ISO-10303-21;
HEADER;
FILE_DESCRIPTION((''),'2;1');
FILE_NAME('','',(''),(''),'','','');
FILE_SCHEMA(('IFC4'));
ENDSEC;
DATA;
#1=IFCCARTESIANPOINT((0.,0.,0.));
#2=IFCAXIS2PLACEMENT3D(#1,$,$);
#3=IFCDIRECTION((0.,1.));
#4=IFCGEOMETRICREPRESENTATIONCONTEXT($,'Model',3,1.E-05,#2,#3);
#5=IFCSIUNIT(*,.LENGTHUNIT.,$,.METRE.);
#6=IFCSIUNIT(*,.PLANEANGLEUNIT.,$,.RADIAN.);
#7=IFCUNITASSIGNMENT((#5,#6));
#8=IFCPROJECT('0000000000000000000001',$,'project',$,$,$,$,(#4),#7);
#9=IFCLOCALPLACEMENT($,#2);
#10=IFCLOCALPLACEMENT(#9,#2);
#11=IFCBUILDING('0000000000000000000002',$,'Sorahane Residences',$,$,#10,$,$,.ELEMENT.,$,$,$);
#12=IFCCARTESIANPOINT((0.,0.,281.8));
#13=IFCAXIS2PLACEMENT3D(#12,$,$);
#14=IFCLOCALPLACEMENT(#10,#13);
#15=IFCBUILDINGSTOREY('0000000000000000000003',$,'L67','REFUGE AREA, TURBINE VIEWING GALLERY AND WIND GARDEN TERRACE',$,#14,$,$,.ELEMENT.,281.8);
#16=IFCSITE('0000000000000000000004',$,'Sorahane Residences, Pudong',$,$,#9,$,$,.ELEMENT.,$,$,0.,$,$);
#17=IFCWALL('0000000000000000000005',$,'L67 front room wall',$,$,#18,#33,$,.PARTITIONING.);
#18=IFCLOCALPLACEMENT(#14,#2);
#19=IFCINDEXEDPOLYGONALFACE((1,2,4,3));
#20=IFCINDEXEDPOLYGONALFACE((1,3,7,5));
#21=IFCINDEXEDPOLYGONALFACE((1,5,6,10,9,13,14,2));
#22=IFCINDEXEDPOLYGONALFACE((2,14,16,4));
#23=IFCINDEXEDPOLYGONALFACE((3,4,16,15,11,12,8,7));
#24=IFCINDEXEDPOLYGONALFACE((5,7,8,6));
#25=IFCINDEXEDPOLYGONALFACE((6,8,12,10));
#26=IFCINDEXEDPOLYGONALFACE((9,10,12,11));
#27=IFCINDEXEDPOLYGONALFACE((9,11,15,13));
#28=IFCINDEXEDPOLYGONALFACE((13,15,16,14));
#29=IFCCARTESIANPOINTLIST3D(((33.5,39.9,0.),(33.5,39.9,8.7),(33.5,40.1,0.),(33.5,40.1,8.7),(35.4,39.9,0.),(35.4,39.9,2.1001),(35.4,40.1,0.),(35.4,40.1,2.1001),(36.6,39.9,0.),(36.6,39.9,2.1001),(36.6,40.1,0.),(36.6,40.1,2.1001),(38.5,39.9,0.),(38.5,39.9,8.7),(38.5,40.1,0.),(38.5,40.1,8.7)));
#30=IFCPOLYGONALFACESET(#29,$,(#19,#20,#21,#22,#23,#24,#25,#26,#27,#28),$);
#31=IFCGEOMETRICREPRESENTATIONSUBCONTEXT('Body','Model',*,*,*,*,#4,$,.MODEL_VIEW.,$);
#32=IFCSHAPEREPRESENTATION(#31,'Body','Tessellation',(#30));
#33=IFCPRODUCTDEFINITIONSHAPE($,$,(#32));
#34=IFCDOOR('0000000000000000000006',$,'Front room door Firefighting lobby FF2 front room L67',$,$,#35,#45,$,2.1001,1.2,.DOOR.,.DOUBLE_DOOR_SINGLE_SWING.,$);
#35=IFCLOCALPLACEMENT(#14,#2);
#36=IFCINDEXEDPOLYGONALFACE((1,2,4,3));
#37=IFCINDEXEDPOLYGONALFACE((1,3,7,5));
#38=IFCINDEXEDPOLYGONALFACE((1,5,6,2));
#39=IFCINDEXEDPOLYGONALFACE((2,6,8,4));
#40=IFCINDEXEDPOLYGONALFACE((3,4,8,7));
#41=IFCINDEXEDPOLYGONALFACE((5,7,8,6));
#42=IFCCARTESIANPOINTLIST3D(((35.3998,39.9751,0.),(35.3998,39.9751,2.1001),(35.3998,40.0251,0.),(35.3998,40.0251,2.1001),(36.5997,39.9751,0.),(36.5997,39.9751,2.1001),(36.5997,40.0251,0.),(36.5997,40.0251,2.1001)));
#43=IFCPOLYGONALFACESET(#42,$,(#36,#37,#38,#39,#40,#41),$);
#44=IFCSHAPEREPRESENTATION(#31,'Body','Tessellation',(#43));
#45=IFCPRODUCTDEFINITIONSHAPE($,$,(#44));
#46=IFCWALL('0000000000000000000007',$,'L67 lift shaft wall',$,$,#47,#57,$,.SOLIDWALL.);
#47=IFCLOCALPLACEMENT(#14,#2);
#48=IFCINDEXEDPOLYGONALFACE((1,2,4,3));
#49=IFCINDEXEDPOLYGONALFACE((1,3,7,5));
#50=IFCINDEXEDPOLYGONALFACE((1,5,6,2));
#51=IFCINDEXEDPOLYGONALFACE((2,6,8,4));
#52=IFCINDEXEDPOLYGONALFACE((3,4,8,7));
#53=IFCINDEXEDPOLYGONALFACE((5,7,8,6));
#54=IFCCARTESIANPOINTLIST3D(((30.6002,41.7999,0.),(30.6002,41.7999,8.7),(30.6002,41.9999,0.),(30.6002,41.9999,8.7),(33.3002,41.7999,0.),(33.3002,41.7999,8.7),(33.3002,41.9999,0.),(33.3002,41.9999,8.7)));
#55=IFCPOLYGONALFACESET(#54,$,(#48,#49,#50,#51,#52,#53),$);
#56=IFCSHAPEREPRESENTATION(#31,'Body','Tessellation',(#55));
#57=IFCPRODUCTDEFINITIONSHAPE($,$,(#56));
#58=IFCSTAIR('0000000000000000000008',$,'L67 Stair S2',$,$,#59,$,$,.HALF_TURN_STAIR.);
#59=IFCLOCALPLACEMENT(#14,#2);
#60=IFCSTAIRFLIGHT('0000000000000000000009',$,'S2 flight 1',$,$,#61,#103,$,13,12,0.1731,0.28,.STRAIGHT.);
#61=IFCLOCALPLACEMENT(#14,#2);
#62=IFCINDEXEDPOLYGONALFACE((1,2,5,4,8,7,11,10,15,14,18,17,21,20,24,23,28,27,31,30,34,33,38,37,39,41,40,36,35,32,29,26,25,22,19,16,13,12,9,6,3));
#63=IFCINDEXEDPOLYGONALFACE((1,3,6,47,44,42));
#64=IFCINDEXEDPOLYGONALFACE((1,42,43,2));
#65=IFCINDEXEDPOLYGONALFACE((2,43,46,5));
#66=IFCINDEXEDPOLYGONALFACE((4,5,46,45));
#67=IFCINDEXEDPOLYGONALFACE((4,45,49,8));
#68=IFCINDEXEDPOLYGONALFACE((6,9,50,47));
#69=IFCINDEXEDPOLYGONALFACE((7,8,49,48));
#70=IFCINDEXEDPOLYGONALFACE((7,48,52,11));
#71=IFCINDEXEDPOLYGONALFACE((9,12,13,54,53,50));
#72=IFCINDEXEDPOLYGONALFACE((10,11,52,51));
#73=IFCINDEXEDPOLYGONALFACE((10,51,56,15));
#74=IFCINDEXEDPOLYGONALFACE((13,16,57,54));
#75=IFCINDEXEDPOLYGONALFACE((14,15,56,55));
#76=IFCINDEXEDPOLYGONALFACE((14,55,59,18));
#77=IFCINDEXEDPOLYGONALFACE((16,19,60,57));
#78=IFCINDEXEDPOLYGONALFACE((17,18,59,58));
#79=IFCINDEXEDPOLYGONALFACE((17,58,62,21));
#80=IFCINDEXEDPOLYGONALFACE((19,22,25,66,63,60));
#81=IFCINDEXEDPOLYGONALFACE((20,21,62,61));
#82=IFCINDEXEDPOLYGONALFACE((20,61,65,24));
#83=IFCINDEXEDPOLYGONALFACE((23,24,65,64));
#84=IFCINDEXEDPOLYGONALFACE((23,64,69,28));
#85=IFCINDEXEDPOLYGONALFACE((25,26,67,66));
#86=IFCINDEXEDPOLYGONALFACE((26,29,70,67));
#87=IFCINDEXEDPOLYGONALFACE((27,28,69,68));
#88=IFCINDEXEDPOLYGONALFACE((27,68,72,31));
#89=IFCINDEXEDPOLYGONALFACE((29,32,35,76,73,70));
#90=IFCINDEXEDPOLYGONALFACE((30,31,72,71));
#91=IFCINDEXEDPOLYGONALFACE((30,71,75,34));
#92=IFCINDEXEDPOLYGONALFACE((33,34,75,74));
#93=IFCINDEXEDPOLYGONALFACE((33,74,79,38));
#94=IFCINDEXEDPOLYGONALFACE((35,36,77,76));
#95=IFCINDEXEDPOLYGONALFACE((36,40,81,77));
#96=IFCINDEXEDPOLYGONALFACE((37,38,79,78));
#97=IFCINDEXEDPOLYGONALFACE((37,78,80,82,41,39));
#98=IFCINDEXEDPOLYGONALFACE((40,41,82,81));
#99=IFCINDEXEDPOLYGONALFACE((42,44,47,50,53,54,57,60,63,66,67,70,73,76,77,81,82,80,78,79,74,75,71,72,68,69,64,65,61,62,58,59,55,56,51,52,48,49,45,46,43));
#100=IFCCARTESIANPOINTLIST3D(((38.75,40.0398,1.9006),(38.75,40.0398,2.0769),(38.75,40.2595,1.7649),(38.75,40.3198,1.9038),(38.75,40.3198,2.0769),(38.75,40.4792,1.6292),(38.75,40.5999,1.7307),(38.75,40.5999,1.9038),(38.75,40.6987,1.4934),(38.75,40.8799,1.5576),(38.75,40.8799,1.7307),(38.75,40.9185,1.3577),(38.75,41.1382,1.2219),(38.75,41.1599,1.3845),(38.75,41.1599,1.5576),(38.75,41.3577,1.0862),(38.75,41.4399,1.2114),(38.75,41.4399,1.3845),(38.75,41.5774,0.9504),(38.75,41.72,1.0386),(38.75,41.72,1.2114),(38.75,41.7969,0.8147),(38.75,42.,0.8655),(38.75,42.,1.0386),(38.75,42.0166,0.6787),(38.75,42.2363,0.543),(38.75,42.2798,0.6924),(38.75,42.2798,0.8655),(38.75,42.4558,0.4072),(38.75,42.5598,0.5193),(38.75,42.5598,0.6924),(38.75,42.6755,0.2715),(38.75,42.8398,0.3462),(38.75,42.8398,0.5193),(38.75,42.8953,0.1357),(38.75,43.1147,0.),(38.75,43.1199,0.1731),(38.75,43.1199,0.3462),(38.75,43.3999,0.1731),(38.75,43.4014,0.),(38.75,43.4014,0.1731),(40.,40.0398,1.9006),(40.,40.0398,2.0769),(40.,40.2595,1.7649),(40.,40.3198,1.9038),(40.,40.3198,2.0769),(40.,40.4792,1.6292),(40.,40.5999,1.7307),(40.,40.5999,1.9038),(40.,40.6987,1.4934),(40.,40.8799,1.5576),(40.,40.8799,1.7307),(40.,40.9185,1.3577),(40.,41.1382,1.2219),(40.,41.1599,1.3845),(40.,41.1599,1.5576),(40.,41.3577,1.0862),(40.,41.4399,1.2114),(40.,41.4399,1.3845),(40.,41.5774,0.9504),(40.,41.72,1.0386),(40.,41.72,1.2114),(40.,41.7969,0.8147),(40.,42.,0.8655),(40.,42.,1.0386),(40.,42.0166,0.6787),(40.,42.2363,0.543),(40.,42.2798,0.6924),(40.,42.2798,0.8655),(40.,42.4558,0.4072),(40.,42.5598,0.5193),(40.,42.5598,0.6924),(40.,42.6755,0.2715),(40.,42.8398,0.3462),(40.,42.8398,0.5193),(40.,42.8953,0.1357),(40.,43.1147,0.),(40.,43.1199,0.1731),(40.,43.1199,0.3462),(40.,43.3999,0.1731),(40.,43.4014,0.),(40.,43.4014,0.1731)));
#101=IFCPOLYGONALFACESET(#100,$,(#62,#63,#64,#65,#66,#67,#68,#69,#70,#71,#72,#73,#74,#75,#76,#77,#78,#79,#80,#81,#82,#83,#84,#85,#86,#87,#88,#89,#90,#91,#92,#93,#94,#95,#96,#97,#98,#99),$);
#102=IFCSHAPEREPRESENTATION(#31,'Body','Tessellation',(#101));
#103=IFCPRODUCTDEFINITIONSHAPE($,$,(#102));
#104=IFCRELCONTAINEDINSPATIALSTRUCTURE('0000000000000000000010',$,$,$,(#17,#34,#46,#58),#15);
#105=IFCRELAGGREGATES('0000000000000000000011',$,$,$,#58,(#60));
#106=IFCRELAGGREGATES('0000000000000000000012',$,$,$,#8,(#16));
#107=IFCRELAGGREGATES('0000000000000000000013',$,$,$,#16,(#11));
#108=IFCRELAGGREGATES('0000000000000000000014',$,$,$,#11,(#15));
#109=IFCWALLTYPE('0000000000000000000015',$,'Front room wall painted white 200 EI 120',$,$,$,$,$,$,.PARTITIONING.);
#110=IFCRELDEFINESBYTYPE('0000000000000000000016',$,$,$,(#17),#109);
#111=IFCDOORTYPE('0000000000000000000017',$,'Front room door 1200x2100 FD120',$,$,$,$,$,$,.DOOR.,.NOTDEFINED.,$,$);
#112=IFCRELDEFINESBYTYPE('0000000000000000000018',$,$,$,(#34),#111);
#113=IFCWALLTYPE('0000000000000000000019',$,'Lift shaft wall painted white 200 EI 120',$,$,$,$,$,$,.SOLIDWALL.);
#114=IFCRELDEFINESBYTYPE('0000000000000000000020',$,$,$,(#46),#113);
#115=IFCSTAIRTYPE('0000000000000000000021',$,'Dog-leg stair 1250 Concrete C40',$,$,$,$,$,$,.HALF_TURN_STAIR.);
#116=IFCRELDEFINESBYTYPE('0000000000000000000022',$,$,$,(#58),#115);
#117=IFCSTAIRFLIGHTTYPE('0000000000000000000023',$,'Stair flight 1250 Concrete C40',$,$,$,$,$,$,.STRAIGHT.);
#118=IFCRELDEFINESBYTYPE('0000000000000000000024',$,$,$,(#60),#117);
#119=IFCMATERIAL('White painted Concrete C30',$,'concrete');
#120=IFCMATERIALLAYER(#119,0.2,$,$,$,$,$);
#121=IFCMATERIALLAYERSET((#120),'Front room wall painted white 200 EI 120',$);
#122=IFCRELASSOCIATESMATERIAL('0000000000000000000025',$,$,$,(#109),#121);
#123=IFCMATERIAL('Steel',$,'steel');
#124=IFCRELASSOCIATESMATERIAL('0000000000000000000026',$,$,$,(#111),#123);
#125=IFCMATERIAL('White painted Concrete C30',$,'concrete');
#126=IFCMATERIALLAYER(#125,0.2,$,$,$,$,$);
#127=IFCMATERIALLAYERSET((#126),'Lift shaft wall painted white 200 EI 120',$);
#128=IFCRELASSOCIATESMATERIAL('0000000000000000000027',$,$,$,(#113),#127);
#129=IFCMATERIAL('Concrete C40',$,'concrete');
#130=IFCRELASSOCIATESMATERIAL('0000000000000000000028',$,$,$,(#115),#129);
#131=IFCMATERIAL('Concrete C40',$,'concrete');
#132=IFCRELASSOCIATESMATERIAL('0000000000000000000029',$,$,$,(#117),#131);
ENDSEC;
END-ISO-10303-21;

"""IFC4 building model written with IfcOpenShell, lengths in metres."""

from ifc_helpers import new_model, si_unit, direction, frame, frame_2d, origin, place, context, subcontext, project, spatial, polyline, rectangle, outline, extrude, material, layer, layer_set, type_object, element, fill, aggregate, save


model = new_model("IFC4")

# Units and contexts
model_context = context("Model", 3, precision=1e-05, world=origin(), true_north=direction((0.0, 1.0)))
body_context = subcontext(model_context, "Body", "Model", "MODEL_VIEW")
ifc_project = project(units=[si_unit("LENGTHUNIT", "METRE"), si_unit("PLANEANGLEUNIT", "RADIAN")], contexts=[model_context])

# Site, building, storey
site_placement = place(None, origin())
site = spatial("IfcSite", under=ifc_project, at=site_placement, Name="Sorahane Residences, Pudong", CompositionType="ELEMENT", RefElevation=0.0)
building_placement = place(site_placement, origin())
building = spatial("IfcBuilding", under=site, at=building_placement, Name="Sorahane Residences", CompositionType="ELEMENT")
storey_placement = place(building_placement, frame((0.0, 0.0, 281.8)))
storey = spatial("IfcBuildingStorey", under=building, at=storey_placement, Name="L67", Description="REFUGE AREA, TURBINE VIEWING GALLERY AND WIND GARDEN TERRACE", CompositionType="ELEMENT", Elevation=281.8)

# Wall, opening, door
ifc_material_1 = material(Name="White painted Concrete C30", Category="concrete")
ifc_layer_1 = layer(ifc_material_1, 0.2)
ifc_layer_set_1 = layer_set([ifc_layer_1], Name="Front room wall painted white 200 EI 120")
wall_type_1 = type_object("IfcWallType", Name="Front room wall painted white 200 EI 120", PredefinedType="PARTITIONING", material=ifc_layer_set_1)
wall_1_placement = place(storey_placement, frame((33.5, 40.0, 0.0), z_axis=(0.0, 0.0, 1.0), x_axis=(1.0, 0.0, 0.0)))
wall_1 = element("IfcWall", 1, at=wall_1_placement, inside=storey, type_object=wall_type_1, Name="L67 front room wall", PredefinedType="PARTITIONING", context=body_context, shape_type="SweptSolid", body=[
    extrude(rectangle(XDim=5.0, YDim=0.2, at=frame_2d((2.5, 0.0))), origin(), (0.0, 0.0, 1.0), 8.7),
])
opening_placement = place(wall_1_placement, frame((1.8999, 0.0, 0.0)))
opening = element("IfcOpeningElement", 2, at=opening_placement, cuts=wall_1, PredefinedType="OPENING", context=body_context, shape_type="SweptSolid", body=[
    extrude(rectangle(XDim=1.2, YDim=2.1001, at=frame_2d((0.6001, 1.05))), frame((0.0, 0.1099, 0.0), z_axis=(0.0, -1.0, 0.0), x_axis=(1.0, 0.0, 0.0)), (0.0, 0.0, 1.0), 0.22),
])
ifc_material_2 = material(Name="Steel", Category="steel")
door_type = type_object("IfcDoorType", Name="Front room door 1200x2100 FD120", OperationType="NOTDEFINED", PredefinedType="DOOR", material=ifc_material_2)
door_placement = place(opening_placement, frame((1.2, 0.0, 0.0), z_axis=(0.0, 0.0, 1.0), x_axis=(-1.0, 0.0, 0.0)))
door = element("IfcDoor", 3, at=door_placement, inside=storey, type_object=door_type, Name="Front room door Firefighting lobby FF2 front room L67", OperationType="DOUBLE_DOOR_SINGLE_SWING", OverallHeight=2.1001, OverallWidth=1.2, PredefinedType="DOOR", context=body_context, shape_type="SweptSolid", body=[
    extrude(rectangle(XDim=1.2, YDim=2.1001, at=frame_2d((0.6001, 1.05))), frame((0.0, 0.0249, 0.0), z_axis=(0.0, -1.0, 0.0), x_axis=(1.0, 0.0, 0.0)), (0.0, 0.0, 1.0), 0.05),
])
fill(opening, door)

# Wall
ifc_material_3 = material(Name="White painted Concrete C30", Category="concrete")
ifc_layer_2 = layer(ifc_material_3, 0.2)
ifc_layer_set_2 = layer_set([ifc_layer_2], Name="Lift shaft wall painted white 200 EI 120")
wall_type_2 = type_object("IfcWallType", Name="Lift shaft wall painted white 200 EI 120", PredefinedType="SOLIDWALL", material=ifc_layer_set_2)
wall_2_placement = place(storey_placement, frame((30.6001, 41.8999, 0.0), z_axis=(0.0, 0.0, 1.0), x_axis=(1.0, 0.0, 0.0)))
element("IfcWall", 4, at=wall_2_placement, inside=storey, type_object=wall_type_2, Name="L67 lift shaft wall", PredefinedType="SOLIDWALL", context=body_context, shape_type="SweptSolid", body=[
    extrude(rectangle(XDim=2.7, YDim=0.2, at=frame_2d((1.3501, 0.0))), origin(), (0.0, 0.0, 1.0), 8.7),
])

# Stair, stair flight
ifc_material_4 = material(Name="Concrete C40", Category="concrete")
stair_type = type_object("IfcStairType", Name="Dog-leg stair 1250 Concrete C40", PredefinedType="HALF_TURN_STAIR", material=ifc_material_4)
stair_placement = place(storey_placement, origin())
stair = element("IfcStair", 5, at=stair_placement, inside=storey, type_object=stair_type, Name="L67 Stair S2", PredefinedType="HALF_TURN_STAIR")
ifc_material_5 = material(Name="Concrete C40", Category="concrete")
stair_flight_type = type_object("IfcStairFlightType", Name="Stair flight 1250 Concrete C40", PredefinedType="STRAIGHT", material=ifc_material_5)
stair_flight_placement = place(storey_placement, frame((39.375, 43.3999, 0.0), z_axis=(0.0, 0.0, 1.0), x_axis=(0.0, -1.0, 0.0)))
stair_flight = element("IfcStairFlight", 6, at=stair_flight_placement, type_object=stair_flight_type, Name="S2 flight 1", NumberOfRisers=13, NumberOfTreads=12, PredefinedType="STRAIGHT", RiserHeight=0.1731, TreadLength=0.28, context=body_context, shape_type="SweptSolid", body=[
    extrude(outline(polyline([(-0.0015, 0.0), (-0.0015, 0.1731), (0.0, 0.1731), (0.28, 0.1731), (0.28, 0.3462), (0.5601, 0.3462), (0.5601, 0.5193), (0.8401, 0.5193), (0.8401, 0.6924), (1.1201, 0.6924), (1.1201, 0.8655), (1.3999, 0.8655), (1.3999, 1.0386), (1.6799, 1.0386), (1.6799, 1.2114), (1.96, 1.2114), (1.96, 1.3845), (2.24, 1.3845), (2.24, 1.5576), (2.52, 1.5576), (2.52, 1.7307), (2.8, 1.7307), (2.8, 1.9038), (3.0801, 1.9038), (3.0801, 2.0769), (3.3601, 2.0769), (3.3601, 2.25), (3.3601, 1.9006), (3.1404, 1.7649), (2.9207, 1.6292), (2.7012, 1.4934), (2.4814, 1.3577), (2.2617, 1.2219), (2.0422, 1.0862), (1.8225, 0.9504), (1.603, 0.8147), (1.3833, 0.6787), (1.1636, 0.543), (0.9441, 0.4072), (0.7244, 0.2715), (0.5046, 0.1357), (0.2852, 0.0), (-0.0015, 0.0)])), frame((0.0, 0.625, 0.0), z_axis=(0.0, -1.0, 0.0), x_axis=(1.0, 0.0, 0.0)), (0.0, 0.0, 1.0), 1.25),
])
aggregate(stair, [stair_flight])

save(model, "model.ifc")
